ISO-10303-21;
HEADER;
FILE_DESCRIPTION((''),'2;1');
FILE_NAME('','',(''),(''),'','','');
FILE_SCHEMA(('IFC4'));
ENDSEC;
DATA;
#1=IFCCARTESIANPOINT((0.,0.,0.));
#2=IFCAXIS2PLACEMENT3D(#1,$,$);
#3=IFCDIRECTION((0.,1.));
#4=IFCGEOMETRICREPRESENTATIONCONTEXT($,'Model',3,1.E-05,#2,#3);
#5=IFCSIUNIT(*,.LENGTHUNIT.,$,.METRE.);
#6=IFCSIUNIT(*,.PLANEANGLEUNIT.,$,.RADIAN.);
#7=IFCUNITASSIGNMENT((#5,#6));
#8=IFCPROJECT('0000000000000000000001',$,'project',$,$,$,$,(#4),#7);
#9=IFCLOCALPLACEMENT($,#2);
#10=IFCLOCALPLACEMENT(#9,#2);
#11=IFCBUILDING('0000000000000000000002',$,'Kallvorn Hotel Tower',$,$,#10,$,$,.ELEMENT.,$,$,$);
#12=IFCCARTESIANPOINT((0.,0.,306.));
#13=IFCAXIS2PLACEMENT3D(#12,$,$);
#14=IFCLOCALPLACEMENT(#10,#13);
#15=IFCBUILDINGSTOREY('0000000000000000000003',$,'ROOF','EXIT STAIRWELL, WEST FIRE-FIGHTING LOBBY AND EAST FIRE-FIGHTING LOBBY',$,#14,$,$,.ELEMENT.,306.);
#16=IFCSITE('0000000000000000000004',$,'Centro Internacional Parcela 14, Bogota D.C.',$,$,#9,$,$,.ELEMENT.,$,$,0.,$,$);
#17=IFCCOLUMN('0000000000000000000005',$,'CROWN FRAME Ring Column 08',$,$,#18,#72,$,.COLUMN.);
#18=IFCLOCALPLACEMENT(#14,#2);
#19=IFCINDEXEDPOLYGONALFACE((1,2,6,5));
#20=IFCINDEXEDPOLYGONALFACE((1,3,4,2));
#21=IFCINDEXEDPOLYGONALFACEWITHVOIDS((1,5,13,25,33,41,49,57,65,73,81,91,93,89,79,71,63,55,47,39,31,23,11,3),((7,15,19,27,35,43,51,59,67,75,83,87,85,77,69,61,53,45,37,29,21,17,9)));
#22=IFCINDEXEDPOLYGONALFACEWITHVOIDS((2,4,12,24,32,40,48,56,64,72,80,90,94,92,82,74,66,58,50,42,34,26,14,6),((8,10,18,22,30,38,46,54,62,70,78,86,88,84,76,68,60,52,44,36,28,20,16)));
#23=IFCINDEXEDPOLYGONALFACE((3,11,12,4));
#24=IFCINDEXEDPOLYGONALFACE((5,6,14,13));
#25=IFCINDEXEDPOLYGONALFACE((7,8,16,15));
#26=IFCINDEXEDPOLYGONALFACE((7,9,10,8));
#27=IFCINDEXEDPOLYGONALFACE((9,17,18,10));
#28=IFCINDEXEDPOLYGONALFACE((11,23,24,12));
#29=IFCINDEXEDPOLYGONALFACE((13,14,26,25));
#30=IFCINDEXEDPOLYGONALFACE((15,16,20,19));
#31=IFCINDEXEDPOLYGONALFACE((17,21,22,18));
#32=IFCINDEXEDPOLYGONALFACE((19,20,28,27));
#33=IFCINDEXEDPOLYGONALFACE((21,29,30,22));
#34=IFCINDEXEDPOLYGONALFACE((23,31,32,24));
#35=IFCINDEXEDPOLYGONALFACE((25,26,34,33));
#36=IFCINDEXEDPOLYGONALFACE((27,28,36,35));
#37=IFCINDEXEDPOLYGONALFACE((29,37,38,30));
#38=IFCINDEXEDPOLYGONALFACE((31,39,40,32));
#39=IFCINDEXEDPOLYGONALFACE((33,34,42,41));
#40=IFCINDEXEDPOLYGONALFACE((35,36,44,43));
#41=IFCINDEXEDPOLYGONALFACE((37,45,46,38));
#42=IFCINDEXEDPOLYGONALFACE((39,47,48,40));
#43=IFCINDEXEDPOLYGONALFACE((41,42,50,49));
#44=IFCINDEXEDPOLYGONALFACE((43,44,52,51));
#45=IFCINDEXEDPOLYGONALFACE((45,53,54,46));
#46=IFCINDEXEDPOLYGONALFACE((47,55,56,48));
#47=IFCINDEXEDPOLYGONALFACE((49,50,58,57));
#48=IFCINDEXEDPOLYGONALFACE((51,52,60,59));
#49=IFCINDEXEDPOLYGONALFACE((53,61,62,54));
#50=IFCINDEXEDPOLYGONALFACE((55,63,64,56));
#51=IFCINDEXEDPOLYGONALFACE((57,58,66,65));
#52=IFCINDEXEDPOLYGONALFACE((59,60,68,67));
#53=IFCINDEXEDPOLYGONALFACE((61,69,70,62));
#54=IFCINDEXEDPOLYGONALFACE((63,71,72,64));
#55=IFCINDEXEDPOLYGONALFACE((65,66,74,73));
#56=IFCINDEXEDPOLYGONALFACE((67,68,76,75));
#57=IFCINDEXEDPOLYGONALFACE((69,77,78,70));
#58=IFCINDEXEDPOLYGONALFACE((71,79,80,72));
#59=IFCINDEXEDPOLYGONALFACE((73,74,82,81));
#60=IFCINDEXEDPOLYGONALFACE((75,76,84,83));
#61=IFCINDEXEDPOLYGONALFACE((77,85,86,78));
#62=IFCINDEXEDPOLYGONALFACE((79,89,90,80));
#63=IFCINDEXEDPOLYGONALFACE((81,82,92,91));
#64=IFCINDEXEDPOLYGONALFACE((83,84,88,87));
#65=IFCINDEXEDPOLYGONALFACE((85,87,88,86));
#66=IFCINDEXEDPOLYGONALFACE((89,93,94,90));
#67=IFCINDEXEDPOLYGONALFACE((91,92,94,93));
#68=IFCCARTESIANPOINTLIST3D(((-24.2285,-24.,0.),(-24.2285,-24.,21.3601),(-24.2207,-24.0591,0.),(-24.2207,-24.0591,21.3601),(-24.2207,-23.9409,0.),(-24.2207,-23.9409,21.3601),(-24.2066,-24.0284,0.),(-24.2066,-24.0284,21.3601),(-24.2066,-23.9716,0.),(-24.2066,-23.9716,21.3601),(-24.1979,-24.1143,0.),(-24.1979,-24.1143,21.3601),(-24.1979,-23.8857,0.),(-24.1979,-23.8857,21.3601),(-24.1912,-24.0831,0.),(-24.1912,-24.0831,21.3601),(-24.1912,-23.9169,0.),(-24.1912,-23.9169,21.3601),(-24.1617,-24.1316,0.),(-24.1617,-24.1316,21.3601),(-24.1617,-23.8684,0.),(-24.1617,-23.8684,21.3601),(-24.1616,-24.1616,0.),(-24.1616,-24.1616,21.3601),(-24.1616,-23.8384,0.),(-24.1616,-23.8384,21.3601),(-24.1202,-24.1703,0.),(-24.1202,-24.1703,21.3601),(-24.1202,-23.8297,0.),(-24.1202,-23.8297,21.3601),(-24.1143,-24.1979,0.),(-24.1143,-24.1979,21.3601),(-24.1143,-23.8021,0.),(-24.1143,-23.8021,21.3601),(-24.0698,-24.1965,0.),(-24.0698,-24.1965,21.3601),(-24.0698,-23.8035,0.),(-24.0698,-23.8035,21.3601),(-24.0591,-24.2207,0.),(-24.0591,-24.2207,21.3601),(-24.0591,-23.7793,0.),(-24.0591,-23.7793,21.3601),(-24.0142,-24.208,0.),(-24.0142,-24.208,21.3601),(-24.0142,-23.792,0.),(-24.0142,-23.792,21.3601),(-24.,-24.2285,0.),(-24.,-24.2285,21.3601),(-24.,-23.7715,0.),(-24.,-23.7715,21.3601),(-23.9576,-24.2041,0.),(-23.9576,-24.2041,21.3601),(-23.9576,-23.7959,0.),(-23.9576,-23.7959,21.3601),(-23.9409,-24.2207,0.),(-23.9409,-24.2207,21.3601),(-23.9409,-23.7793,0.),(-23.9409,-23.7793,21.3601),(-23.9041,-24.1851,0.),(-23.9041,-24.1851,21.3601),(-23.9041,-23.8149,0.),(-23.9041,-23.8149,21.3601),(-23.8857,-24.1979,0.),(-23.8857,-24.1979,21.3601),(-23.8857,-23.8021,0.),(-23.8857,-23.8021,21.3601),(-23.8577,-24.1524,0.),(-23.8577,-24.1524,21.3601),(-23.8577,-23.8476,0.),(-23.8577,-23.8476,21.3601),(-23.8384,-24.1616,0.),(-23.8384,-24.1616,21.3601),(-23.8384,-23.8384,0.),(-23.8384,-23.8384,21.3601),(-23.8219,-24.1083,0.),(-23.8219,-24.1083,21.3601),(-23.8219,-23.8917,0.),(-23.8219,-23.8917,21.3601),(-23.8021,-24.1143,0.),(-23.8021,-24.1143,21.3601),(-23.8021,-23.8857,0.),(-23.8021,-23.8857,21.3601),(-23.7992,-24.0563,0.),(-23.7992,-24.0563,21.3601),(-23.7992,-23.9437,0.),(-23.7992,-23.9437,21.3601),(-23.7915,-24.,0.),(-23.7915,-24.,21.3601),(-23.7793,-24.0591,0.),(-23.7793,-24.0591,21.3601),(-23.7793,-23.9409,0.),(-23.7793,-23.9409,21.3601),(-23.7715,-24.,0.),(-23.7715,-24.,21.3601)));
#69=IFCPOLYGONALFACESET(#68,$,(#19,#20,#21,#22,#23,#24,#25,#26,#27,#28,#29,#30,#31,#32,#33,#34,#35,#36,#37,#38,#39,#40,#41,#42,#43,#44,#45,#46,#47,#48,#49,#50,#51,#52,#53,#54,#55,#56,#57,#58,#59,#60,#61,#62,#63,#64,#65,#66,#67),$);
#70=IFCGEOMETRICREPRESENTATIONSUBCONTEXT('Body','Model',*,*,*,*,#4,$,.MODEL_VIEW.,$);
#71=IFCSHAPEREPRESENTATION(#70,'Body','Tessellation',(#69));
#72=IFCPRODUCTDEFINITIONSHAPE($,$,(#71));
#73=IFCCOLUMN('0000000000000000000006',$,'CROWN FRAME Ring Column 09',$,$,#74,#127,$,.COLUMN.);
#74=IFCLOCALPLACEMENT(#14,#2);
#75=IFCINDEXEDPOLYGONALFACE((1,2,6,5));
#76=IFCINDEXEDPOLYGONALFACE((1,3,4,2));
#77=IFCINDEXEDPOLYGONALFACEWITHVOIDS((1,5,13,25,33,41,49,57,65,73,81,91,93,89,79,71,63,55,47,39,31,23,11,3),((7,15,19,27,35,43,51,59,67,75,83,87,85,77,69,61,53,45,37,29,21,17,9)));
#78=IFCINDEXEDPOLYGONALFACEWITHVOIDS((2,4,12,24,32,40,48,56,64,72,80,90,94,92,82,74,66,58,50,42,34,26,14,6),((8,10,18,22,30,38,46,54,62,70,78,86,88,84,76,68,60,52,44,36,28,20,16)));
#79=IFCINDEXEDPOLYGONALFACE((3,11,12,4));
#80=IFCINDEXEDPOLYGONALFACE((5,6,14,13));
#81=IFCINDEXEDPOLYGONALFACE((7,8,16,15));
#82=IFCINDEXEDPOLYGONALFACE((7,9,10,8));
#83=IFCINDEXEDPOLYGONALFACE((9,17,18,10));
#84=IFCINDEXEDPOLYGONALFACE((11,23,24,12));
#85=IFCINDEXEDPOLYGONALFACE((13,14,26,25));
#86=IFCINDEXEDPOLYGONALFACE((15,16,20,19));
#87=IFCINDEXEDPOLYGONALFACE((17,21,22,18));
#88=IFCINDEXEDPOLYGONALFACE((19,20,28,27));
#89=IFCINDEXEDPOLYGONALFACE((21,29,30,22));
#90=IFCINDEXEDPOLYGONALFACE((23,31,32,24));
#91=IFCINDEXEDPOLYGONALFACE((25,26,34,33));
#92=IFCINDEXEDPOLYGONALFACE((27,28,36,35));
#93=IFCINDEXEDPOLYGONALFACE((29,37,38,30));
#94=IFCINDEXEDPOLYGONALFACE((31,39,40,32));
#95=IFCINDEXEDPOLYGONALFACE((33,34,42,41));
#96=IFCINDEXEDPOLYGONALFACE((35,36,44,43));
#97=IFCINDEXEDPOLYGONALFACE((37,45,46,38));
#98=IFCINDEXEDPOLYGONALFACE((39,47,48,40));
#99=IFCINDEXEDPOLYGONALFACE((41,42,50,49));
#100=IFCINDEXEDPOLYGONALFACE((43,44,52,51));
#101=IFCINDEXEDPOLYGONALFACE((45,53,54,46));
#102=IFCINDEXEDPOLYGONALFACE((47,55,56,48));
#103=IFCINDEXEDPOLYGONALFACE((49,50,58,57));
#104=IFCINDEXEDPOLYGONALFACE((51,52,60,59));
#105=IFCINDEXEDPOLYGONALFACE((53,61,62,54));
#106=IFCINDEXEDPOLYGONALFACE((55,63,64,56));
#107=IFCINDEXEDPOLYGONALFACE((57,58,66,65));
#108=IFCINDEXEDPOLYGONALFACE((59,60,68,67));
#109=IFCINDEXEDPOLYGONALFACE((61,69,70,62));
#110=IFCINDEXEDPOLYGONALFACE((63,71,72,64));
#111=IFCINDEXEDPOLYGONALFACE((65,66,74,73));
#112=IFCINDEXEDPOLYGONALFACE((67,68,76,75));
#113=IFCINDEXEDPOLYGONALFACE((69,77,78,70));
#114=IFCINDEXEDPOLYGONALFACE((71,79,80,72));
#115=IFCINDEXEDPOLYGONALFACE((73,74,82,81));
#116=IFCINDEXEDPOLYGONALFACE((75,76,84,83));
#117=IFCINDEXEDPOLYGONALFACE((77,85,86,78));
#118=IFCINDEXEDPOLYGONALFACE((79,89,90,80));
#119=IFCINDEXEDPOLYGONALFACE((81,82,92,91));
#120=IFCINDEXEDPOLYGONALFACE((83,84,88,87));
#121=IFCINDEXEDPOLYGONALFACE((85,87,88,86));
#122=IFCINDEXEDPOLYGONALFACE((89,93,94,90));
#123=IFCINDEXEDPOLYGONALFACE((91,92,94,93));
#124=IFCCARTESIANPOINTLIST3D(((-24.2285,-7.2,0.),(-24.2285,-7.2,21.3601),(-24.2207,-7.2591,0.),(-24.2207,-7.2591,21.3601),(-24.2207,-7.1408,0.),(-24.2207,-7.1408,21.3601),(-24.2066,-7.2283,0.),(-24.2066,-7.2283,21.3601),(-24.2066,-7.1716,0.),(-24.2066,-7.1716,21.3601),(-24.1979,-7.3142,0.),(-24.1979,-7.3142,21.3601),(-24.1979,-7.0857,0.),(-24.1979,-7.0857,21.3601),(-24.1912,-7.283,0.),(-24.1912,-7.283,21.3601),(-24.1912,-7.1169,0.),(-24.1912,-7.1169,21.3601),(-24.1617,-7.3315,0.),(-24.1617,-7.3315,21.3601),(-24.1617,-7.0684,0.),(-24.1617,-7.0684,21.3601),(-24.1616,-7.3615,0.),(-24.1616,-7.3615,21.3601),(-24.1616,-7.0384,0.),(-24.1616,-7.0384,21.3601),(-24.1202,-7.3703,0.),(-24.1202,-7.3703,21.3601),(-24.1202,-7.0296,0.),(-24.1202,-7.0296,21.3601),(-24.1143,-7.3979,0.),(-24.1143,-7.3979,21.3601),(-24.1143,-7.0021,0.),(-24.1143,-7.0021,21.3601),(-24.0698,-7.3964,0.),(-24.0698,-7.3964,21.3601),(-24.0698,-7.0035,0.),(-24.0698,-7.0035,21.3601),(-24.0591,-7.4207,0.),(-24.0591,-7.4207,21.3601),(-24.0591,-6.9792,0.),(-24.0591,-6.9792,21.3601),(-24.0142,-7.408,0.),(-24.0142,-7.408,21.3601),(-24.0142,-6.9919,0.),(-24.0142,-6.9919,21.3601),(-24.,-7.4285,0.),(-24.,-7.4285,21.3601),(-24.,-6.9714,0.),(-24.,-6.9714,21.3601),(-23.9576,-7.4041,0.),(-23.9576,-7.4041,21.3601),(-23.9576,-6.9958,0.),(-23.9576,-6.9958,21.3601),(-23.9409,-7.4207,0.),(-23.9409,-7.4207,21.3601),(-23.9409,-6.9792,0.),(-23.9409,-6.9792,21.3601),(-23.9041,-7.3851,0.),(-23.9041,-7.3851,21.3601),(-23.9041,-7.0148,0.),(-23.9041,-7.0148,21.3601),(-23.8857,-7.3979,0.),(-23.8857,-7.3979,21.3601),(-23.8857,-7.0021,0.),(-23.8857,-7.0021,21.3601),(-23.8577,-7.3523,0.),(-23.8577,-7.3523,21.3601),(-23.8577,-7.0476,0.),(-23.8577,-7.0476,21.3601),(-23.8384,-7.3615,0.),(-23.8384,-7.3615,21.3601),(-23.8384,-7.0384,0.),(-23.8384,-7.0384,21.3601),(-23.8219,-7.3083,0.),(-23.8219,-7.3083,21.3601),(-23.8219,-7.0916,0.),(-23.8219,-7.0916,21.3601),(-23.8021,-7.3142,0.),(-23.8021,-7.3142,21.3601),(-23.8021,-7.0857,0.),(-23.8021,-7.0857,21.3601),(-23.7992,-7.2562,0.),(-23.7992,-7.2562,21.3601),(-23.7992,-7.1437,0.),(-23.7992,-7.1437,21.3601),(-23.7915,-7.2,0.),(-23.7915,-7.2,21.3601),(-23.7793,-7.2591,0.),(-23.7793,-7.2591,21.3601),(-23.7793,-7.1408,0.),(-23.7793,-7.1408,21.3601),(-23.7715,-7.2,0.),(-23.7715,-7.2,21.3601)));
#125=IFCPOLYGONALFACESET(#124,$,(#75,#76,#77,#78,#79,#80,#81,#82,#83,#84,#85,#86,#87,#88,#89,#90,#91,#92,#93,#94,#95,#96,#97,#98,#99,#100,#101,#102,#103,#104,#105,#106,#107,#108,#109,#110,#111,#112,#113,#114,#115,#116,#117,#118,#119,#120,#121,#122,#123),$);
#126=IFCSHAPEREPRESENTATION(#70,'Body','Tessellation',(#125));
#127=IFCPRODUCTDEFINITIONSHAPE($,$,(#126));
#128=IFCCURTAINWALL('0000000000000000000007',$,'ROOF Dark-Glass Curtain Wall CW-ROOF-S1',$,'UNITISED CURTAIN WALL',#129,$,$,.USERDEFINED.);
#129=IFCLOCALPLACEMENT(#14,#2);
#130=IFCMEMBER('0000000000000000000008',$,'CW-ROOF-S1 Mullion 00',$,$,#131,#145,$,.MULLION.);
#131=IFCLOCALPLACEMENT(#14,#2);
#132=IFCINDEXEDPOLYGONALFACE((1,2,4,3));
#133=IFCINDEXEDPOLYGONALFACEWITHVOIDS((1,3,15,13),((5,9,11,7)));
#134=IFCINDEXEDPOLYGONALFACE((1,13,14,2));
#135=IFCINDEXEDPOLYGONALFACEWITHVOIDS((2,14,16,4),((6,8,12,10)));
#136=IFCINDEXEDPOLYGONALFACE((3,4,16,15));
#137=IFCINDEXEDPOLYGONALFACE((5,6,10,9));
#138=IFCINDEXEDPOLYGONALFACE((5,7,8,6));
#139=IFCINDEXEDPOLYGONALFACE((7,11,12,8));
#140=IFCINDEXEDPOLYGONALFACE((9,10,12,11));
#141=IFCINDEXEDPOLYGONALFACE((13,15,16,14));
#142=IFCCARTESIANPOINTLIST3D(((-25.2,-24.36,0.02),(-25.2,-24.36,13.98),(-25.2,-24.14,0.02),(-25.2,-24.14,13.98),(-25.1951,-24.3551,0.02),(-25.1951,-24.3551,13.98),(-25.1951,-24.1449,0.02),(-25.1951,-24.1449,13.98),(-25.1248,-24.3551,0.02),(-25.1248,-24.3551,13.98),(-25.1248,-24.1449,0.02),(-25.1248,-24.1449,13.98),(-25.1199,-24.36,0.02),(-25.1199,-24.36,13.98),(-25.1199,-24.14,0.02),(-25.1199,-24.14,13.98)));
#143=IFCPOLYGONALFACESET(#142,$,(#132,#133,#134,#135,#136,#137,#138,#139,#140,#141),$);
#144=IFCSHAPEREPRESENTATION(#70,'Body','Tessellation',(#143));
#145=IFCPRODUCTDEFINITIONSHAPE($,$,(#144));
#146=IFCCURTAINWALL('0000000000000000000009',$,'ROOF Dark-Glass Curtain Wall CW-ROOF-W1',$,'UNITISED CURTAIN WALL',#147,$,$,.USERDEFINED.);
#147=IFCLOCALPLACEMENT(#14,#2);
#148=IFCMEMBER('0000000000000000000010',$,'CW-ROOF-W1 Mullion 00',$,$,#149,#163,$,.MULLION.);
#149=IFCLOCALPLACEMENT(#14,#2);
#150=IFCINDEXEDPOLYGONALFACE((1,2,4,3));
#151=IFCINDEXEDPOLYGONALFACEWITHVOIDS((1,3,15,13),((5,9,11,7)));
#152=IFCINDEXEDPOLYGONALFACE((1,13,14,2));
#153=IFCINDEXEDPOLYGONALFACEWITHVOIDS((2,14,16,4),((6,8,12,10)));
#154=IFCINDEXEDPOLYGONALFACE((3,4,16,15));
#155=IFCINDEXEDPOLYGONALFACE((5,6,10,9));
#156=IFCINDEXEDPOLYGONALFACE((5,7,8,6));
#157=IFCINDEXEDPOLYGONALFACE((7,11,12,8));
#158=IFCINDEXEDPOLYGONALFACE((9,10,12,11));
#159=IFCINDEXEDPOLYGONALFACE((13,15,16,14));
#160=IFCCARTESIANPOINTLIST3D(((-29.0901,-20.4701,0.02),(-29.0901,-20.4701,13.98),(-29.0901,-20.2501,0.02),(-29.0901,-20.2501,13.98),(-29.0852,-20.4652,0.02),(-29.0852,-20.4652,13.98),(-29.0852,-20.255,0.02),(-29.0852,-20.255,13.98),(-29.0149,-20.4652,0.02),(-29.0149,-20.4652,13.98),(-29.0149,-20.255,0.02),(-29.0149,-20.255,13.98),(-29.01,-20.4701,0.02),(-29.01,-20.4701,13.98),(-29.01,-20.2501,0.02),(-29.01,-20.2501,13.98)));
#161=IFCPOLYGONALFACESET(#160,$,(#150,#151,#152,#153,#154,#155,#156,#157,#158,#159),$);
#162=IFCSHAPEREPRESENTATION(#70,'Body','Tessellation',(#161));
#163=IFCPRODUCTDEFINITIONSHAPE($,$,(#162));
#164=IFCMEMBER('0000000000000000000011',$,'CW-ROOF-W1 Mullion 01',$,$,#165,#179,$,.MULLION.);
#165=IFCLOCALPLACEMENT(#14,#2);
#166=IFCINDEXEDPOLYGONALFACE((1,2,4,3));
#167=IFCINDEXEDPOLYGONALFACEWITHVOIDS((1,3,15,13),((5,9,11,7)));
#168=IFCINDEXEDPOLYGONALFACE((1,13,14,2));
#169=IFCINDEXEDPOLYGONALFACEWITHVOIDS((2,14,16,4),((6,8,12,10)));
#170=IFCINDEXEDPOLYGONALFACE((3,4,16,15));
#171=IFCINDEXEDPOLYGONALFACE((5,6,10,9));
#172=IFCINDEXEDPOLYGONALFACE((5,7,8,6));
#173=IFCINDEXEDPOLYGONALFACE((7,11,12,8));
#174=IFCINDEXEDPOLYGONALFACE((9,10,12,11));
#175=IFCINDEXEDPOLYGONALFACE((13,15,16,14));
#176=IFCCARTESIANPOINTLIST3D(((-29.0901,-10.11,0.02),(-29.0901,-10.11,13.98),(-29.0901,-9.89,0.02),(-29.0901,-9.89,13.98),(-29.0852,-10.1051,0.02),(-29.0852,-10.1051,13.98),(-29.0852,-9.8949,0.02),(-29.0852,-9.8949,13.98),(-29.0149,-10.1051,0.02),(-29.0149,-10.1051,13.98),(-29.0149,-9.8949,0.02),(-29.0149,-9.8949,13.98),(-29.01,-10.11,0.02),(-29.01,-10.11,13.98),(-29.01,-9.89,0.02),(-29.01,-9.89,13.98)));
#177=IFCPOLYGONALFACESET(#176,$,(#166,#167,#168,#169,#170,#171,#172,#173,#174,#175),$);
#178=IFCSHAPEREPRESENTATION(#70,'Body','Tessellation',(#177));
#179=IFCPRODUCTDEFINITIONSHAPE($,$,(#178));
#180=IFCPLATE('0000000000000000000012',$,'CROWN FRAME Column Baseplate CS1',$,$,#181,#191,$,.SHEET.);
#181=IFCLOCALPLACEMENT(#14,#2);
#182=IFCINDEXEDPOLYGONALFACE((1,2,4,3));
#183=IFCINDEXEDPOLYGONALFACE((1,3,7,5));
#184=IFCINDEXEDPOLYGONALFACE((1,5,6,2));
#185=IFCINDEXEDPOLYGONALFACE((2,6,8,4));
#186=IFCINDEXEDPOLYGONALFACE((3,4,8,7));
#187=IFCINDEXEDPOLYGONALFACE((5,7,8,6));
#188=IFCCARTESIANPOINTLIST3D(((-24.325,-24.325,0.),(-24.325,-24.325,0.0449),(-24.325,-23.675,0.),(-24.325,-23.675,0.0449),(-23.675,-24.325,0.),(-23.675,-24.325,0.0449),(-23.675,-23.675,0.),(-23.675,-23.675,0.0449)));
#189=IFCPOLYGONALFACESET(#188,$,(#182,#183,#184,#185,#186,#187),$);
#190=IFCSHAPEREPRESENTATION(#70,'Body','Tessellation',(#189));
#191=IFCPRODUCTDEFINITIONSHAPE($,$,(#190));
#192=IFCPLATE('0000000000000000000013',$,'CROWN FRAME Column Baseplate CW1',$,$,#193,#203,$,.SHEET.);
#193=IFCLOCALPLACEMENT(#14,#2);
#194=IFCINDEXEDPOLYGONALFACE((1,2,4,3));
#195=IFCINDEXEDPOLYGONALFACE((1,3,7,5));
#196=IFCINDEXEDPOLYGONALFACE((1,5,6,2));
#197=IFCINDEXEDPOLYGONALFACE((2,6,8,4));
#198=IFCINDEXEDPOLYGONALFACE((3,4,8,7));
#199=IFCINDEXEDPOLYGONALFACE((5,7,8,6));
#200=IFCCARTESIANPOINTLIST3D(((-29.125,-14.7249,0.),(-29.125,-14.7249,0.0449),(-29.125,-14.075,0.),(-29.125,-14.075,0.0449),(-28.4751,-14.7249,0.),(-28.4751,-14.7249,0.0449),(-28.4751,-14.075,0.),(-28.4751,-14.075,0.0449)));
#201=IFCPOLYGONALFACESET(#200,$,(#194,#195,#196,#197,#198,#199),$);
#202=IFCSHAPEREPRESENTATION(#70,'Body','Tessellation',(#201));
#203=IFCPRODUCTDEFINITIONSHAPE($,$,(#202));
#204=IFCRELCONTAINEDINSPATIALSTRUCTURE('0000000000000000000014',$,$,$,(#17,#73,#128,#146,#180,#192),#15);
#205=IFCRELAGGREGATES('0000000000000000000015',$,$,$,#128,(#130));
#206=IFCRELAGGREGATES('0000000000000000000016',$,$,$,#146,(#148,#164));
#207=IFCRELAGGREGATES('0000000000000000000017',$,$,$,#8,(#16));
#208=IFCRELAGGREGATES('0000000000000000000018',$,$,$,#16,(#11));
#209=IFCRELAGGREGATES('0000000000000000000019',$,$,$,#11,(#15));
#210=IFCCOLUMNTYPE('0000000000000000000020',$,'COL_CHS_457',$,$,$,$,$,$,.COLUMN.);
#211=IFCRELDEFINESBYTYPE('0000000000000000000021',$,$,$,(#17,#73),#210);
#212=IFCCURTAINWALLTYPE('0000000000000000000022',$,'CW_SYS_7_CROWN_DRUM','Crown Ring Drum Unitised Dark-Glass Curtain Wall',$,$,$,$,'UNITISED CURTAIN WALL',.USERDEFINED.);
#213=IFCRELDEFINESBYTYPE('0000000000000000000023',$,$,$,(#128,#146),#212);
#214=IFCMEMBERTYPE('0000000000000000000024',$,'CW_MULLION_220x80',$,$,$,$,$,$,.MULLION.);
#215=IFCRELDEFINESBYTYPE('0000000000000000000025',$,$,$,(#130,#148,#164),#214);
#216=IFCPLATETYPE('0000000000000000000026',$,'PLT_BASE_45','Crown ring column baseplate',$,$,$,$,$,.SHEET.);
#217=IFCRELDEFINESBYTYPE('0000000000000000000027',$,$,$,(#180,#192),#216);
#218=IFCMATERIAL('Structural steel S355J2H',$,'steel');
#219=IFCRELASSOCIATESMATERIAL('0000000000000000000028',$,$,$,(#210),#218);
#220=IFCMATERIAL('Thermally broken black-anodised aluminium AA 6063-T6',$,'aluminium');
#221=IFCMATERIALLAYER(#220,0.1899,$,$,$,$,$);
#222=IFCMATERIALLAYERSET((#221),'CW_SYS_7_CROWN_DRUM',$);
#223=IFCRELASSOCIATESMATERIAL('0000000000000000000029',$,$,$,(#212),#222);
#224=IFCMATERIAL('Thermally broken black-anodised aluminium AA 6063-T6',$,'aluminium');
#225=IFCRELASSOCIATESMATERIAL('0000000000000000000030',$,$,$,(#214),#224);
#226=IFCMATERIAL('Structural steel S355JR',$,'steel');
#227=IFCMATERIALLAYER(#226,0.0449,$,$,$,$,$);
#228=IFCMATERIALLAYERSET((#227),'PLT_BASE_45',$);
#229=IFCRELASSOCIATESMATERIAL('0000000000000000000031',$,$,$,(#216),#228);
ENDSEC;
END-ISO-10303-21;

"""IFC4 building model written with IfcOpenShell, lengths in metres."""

from ifc_helpers import new_model, si_unit, direction, frame, origin, origin_2d, place, context, subcontext, project, spatial, rectangle, hollow_rectangle, hollow_circle, extrude, material, layer, layer_set, material_profile, profile_set, type_object, element, aggregate, save


model = new_model("IFC4")

# Units and contexts
model_context = context("Model", 3, precision=1e-05, world=origin(), true_north=direction((0.0, 1.0)))
body_context = subcontext(model_context, "Body", "Model", "MODEL_VIEW")
ifc_project = project(units=[si_unit("LENGTHUNIT", "METRE"), si_unit("PLANEANGLEUNIT", "RADIAN")], contexts=[model_context])

# Site, building, storey
site_placement = place(None, origin())
site = spatial("IfcSite", under=ifc_project, at=site_placement, Name="Centro Internacional Parcela 14, Bogota D.C.", CompositionType="ELEMENT", RefElevation=0.0)
building_placement = place(site_placement, origin())
building = spatial("IfcBuilding", under=site, at=building_placement, Name="Kallvorn Hotel Tower", CompositionType="ELEMENT")
storey_placement = place(building_placement, frame((0.0, 0.0, 306.0)))
storey = spatial("IfcBuildingStorey", under=building, at=storey_placement, Name="ROOF", Description="EXIT STAIRWELL, WEST FIRE-FIGHTING LOBBY AND EAST FIRE-FIGHTING LOBBY", CompositionType="ELEMENT", Elevation=306.0)

# Columns
ifc_material_1 = material(Name="Structural steel S355J2H", Category="steel")
ifc_material_profile_1 = material_profile(ifc_material_1, hollow_circle(Radius=0.2285, WallThickness=0.02, at=origin_2d()), Name="CHS 457x20")
ifc_profile_set_1 = profile_set([ifc_material_profile_1], Name="Structural steel S355J2H")
column_type = type_object("IfcColumnType", Name="COL_CHS_457", PredefinedType="COLUMN", material=ifc_profile_set_1)
for number, where, z_axis, x_axis, name in (
    (1, (-24.0, -24.0, 0.0), (0.0, 0.0, 1.0), (1.0, 0.0, 0.0), "CROWN FRAME Ring Column 08"),
    (2, (-24.0, -7.2, 0.0), (0.0, 0.0, 1.0), (1.0, 0.0, 0.0), "CROWN FRAME Ring Column 09"),
):
    element("IfcColumn", number, at=place(storey_placement, frame(where, z_axis=z_axis, x_axis=x_axis)), inside=storey, type_object=column_type, Name=name, PredefinedType="COLUMN", context=body_context, shape_type="SweptSolid", body=[
        extrude(hollow_circle(Radius=0.2285, WallThickness=0.02, at=origin_2d()), origin(), (0.0, 0.0, 1.0), 21.3601),
    ])

# Curtain wall, member
ifc_material_2 = material(Name="Thermally broken black-anodised aluminium AA 6063-T6", Category="aluminium")
ifc_layer_1 = layer(ifc_material_2, 0.1899)
ifc_layer_set_1 = layer_set([ifc_layer_1], Name="CW_SYS_7_CROWN_DRUM")
curtain_wall_type = type_object("IfcCurtainWallType", Name="CW_SYS_7_CROWN_DRUM", Description="Crown Ring Drum Unitised Dark-Glass Curtain Wall", ElementType="UNITISED CURTAIN WALL", PredefinedType="USERDEFINED", material=ifc_layer_set_1)
curtain_wall_1_placement = place(storey_placement, origin())
curtain_wall_1 = element("IfcCurtainWall", 3, at=curtain_wall_1_placement, inside=storey, type_object=curtain_wall_type, Name="ROOF Dark-Glass Curtain Wall CW-ROOF-S1", ObjectType="UNITISED CURTAIN WALL", PredefinedType="USERDEFINED")
ifc_material_3 = material(Name="Thermally broken black-anodised aluminium AA 6063-T6", Category="aluminium")
ifc_material_profile_2 = material_profile(ifc_material_3, hollow_rectangle(XDim=0.0801, YDim=0.22, WallThickness=0.0049, at=origin_2d()), Name="MUL 220x80")
ifc_profile_set_2 = profile_set([ifc_material_profile_2], Name="Thermally broken black-anodised aluminium AA 6063-T6")
member_type = type_object("IfcMemberType", Name="CW_MULLION_220x80", PredefinedType="MULLION", material=ifc_profile_set_2)
member_1_placement = place(storey_placement, frame((-25.1599, -24.25, 0.02), z_axis=(0.0, 0.0, 1.0), x_axis=(1.0, 0.0, 0.0)))
member_1 = element("IfcMember", 4, at=member_1_placement, type_object=member_type, Name="CW-ROOF-S1 Mullion 00", PredefinedType="MULLION", context=body_context, shape_type="SweptSolid", body=[
    extrude(hollow_rectangle(XDim=0.0801, YDim=0.22, WallThickness=0.0049, at=origin_2d()), origin(), (0.0, 0.0, 1.0), 13.96),
])
aggregate(curtain_wall_1, [member_1])

# Curtain wall, members
curtain_wall_2_placement = place(storey_placement, origin())
curtain_wall_2 = element("IfcCurtainWall", 5, at=curtain_wall_2_placement, inside=storey, type_object=curtain_wall_type, Name="ROOF Dark-Glass Curtain Wall CW-ROOF-W1", ObjectType="UNITISED CURTAIN WALL", PredefinedType="USERDEFINED")
member_2_placement = place(storey_placement, frame((-29.05, -20.3601, 0.02), z_axis=(0.0, 0.0, 1.0), x_axis=(1.0, 0.0, 0.0)))
member_2 = element("IfcMember", 6, at=member_2_placement, type_object=member_type, Name="CW-ROOF-W1 Mullion 00", PredefinedType="MULLION", context=body_context, shape_type="SweptSolid", body=[
    extrude(hollow_rectangle(XDim=0.0801, YDim=0.22, WallThickness=0.0049, at=origin_2d()), origin(), (0.0, 0.0, 1.0), 13.96),
])
member_3_placement = place(storey_placement, frame((-29.05, -10.0, 0.02), z_axis=(0.0, 0.0, 1.0), x_axis=(1.0, 0.0, 0.0)))
member_3 = element("IfcMember", 7, at=member_3_placement, type_object=member_type, Name="CW-ROOF-W1 Mullion 01", PredefinedType="MULLION", context=body_context, shape_type="SweptSolid", body=[
    extrude(hollow_rectangle(XDim=0.0801, YDim=0.22, WallThickness=0.0049, at=origin_2d()), origin(), (0.0, 0.0, 1.0), 13.96),
])
aggregate(curtain_wall_2, [member_2, member_3])

# Plates
ifc_material_4 = material(Name="Structural steel S355JR", Category="steel")
ifc_layer_2 = layer(ifc_material_4, 0.0449)
ifc_layer_set_2 = layer_set([ifc_layer_2], Name="PLT_BASE_45")
plate_type_1 = type_object("IfcPlateType", Name="PLT_BASE_45", Description="Crown ring column baseplate", PredefinedType="SHEET", material=ifc_layer_set_2)
for number, where, z_axis, x_axis, name in (
    (8, (-24.0, -24.0, 0.0), (0.0, 0.0, 1.0), (1.0, 0.0, 0.0), "CROWN FRAME Column Baseplate CS1"),
    (9, (-28.8, -14.3999, 0.0), (0.0, 0.0, 1.0), (1.0, 0.0, 0.0), "CROWN FRAME Column Baseplate CW1"),
):
    element("IfcPlate", number, at=place(storey_placement, frame(where, z_axis=z_axis, x_axis=x_axis)), inside=storey, type_object=plate_type_1, Name=name, PredefinedType="SHEET", context=body_context, shape_type="SweptSolid", body=[
        extrude(rectangle(XDim=0.6499, YDim=0.6499, at=origin_2d()), origin(), (0.0, 0.0, 1.0), 0.0449),
    ])

save(model, "model.ifc")
